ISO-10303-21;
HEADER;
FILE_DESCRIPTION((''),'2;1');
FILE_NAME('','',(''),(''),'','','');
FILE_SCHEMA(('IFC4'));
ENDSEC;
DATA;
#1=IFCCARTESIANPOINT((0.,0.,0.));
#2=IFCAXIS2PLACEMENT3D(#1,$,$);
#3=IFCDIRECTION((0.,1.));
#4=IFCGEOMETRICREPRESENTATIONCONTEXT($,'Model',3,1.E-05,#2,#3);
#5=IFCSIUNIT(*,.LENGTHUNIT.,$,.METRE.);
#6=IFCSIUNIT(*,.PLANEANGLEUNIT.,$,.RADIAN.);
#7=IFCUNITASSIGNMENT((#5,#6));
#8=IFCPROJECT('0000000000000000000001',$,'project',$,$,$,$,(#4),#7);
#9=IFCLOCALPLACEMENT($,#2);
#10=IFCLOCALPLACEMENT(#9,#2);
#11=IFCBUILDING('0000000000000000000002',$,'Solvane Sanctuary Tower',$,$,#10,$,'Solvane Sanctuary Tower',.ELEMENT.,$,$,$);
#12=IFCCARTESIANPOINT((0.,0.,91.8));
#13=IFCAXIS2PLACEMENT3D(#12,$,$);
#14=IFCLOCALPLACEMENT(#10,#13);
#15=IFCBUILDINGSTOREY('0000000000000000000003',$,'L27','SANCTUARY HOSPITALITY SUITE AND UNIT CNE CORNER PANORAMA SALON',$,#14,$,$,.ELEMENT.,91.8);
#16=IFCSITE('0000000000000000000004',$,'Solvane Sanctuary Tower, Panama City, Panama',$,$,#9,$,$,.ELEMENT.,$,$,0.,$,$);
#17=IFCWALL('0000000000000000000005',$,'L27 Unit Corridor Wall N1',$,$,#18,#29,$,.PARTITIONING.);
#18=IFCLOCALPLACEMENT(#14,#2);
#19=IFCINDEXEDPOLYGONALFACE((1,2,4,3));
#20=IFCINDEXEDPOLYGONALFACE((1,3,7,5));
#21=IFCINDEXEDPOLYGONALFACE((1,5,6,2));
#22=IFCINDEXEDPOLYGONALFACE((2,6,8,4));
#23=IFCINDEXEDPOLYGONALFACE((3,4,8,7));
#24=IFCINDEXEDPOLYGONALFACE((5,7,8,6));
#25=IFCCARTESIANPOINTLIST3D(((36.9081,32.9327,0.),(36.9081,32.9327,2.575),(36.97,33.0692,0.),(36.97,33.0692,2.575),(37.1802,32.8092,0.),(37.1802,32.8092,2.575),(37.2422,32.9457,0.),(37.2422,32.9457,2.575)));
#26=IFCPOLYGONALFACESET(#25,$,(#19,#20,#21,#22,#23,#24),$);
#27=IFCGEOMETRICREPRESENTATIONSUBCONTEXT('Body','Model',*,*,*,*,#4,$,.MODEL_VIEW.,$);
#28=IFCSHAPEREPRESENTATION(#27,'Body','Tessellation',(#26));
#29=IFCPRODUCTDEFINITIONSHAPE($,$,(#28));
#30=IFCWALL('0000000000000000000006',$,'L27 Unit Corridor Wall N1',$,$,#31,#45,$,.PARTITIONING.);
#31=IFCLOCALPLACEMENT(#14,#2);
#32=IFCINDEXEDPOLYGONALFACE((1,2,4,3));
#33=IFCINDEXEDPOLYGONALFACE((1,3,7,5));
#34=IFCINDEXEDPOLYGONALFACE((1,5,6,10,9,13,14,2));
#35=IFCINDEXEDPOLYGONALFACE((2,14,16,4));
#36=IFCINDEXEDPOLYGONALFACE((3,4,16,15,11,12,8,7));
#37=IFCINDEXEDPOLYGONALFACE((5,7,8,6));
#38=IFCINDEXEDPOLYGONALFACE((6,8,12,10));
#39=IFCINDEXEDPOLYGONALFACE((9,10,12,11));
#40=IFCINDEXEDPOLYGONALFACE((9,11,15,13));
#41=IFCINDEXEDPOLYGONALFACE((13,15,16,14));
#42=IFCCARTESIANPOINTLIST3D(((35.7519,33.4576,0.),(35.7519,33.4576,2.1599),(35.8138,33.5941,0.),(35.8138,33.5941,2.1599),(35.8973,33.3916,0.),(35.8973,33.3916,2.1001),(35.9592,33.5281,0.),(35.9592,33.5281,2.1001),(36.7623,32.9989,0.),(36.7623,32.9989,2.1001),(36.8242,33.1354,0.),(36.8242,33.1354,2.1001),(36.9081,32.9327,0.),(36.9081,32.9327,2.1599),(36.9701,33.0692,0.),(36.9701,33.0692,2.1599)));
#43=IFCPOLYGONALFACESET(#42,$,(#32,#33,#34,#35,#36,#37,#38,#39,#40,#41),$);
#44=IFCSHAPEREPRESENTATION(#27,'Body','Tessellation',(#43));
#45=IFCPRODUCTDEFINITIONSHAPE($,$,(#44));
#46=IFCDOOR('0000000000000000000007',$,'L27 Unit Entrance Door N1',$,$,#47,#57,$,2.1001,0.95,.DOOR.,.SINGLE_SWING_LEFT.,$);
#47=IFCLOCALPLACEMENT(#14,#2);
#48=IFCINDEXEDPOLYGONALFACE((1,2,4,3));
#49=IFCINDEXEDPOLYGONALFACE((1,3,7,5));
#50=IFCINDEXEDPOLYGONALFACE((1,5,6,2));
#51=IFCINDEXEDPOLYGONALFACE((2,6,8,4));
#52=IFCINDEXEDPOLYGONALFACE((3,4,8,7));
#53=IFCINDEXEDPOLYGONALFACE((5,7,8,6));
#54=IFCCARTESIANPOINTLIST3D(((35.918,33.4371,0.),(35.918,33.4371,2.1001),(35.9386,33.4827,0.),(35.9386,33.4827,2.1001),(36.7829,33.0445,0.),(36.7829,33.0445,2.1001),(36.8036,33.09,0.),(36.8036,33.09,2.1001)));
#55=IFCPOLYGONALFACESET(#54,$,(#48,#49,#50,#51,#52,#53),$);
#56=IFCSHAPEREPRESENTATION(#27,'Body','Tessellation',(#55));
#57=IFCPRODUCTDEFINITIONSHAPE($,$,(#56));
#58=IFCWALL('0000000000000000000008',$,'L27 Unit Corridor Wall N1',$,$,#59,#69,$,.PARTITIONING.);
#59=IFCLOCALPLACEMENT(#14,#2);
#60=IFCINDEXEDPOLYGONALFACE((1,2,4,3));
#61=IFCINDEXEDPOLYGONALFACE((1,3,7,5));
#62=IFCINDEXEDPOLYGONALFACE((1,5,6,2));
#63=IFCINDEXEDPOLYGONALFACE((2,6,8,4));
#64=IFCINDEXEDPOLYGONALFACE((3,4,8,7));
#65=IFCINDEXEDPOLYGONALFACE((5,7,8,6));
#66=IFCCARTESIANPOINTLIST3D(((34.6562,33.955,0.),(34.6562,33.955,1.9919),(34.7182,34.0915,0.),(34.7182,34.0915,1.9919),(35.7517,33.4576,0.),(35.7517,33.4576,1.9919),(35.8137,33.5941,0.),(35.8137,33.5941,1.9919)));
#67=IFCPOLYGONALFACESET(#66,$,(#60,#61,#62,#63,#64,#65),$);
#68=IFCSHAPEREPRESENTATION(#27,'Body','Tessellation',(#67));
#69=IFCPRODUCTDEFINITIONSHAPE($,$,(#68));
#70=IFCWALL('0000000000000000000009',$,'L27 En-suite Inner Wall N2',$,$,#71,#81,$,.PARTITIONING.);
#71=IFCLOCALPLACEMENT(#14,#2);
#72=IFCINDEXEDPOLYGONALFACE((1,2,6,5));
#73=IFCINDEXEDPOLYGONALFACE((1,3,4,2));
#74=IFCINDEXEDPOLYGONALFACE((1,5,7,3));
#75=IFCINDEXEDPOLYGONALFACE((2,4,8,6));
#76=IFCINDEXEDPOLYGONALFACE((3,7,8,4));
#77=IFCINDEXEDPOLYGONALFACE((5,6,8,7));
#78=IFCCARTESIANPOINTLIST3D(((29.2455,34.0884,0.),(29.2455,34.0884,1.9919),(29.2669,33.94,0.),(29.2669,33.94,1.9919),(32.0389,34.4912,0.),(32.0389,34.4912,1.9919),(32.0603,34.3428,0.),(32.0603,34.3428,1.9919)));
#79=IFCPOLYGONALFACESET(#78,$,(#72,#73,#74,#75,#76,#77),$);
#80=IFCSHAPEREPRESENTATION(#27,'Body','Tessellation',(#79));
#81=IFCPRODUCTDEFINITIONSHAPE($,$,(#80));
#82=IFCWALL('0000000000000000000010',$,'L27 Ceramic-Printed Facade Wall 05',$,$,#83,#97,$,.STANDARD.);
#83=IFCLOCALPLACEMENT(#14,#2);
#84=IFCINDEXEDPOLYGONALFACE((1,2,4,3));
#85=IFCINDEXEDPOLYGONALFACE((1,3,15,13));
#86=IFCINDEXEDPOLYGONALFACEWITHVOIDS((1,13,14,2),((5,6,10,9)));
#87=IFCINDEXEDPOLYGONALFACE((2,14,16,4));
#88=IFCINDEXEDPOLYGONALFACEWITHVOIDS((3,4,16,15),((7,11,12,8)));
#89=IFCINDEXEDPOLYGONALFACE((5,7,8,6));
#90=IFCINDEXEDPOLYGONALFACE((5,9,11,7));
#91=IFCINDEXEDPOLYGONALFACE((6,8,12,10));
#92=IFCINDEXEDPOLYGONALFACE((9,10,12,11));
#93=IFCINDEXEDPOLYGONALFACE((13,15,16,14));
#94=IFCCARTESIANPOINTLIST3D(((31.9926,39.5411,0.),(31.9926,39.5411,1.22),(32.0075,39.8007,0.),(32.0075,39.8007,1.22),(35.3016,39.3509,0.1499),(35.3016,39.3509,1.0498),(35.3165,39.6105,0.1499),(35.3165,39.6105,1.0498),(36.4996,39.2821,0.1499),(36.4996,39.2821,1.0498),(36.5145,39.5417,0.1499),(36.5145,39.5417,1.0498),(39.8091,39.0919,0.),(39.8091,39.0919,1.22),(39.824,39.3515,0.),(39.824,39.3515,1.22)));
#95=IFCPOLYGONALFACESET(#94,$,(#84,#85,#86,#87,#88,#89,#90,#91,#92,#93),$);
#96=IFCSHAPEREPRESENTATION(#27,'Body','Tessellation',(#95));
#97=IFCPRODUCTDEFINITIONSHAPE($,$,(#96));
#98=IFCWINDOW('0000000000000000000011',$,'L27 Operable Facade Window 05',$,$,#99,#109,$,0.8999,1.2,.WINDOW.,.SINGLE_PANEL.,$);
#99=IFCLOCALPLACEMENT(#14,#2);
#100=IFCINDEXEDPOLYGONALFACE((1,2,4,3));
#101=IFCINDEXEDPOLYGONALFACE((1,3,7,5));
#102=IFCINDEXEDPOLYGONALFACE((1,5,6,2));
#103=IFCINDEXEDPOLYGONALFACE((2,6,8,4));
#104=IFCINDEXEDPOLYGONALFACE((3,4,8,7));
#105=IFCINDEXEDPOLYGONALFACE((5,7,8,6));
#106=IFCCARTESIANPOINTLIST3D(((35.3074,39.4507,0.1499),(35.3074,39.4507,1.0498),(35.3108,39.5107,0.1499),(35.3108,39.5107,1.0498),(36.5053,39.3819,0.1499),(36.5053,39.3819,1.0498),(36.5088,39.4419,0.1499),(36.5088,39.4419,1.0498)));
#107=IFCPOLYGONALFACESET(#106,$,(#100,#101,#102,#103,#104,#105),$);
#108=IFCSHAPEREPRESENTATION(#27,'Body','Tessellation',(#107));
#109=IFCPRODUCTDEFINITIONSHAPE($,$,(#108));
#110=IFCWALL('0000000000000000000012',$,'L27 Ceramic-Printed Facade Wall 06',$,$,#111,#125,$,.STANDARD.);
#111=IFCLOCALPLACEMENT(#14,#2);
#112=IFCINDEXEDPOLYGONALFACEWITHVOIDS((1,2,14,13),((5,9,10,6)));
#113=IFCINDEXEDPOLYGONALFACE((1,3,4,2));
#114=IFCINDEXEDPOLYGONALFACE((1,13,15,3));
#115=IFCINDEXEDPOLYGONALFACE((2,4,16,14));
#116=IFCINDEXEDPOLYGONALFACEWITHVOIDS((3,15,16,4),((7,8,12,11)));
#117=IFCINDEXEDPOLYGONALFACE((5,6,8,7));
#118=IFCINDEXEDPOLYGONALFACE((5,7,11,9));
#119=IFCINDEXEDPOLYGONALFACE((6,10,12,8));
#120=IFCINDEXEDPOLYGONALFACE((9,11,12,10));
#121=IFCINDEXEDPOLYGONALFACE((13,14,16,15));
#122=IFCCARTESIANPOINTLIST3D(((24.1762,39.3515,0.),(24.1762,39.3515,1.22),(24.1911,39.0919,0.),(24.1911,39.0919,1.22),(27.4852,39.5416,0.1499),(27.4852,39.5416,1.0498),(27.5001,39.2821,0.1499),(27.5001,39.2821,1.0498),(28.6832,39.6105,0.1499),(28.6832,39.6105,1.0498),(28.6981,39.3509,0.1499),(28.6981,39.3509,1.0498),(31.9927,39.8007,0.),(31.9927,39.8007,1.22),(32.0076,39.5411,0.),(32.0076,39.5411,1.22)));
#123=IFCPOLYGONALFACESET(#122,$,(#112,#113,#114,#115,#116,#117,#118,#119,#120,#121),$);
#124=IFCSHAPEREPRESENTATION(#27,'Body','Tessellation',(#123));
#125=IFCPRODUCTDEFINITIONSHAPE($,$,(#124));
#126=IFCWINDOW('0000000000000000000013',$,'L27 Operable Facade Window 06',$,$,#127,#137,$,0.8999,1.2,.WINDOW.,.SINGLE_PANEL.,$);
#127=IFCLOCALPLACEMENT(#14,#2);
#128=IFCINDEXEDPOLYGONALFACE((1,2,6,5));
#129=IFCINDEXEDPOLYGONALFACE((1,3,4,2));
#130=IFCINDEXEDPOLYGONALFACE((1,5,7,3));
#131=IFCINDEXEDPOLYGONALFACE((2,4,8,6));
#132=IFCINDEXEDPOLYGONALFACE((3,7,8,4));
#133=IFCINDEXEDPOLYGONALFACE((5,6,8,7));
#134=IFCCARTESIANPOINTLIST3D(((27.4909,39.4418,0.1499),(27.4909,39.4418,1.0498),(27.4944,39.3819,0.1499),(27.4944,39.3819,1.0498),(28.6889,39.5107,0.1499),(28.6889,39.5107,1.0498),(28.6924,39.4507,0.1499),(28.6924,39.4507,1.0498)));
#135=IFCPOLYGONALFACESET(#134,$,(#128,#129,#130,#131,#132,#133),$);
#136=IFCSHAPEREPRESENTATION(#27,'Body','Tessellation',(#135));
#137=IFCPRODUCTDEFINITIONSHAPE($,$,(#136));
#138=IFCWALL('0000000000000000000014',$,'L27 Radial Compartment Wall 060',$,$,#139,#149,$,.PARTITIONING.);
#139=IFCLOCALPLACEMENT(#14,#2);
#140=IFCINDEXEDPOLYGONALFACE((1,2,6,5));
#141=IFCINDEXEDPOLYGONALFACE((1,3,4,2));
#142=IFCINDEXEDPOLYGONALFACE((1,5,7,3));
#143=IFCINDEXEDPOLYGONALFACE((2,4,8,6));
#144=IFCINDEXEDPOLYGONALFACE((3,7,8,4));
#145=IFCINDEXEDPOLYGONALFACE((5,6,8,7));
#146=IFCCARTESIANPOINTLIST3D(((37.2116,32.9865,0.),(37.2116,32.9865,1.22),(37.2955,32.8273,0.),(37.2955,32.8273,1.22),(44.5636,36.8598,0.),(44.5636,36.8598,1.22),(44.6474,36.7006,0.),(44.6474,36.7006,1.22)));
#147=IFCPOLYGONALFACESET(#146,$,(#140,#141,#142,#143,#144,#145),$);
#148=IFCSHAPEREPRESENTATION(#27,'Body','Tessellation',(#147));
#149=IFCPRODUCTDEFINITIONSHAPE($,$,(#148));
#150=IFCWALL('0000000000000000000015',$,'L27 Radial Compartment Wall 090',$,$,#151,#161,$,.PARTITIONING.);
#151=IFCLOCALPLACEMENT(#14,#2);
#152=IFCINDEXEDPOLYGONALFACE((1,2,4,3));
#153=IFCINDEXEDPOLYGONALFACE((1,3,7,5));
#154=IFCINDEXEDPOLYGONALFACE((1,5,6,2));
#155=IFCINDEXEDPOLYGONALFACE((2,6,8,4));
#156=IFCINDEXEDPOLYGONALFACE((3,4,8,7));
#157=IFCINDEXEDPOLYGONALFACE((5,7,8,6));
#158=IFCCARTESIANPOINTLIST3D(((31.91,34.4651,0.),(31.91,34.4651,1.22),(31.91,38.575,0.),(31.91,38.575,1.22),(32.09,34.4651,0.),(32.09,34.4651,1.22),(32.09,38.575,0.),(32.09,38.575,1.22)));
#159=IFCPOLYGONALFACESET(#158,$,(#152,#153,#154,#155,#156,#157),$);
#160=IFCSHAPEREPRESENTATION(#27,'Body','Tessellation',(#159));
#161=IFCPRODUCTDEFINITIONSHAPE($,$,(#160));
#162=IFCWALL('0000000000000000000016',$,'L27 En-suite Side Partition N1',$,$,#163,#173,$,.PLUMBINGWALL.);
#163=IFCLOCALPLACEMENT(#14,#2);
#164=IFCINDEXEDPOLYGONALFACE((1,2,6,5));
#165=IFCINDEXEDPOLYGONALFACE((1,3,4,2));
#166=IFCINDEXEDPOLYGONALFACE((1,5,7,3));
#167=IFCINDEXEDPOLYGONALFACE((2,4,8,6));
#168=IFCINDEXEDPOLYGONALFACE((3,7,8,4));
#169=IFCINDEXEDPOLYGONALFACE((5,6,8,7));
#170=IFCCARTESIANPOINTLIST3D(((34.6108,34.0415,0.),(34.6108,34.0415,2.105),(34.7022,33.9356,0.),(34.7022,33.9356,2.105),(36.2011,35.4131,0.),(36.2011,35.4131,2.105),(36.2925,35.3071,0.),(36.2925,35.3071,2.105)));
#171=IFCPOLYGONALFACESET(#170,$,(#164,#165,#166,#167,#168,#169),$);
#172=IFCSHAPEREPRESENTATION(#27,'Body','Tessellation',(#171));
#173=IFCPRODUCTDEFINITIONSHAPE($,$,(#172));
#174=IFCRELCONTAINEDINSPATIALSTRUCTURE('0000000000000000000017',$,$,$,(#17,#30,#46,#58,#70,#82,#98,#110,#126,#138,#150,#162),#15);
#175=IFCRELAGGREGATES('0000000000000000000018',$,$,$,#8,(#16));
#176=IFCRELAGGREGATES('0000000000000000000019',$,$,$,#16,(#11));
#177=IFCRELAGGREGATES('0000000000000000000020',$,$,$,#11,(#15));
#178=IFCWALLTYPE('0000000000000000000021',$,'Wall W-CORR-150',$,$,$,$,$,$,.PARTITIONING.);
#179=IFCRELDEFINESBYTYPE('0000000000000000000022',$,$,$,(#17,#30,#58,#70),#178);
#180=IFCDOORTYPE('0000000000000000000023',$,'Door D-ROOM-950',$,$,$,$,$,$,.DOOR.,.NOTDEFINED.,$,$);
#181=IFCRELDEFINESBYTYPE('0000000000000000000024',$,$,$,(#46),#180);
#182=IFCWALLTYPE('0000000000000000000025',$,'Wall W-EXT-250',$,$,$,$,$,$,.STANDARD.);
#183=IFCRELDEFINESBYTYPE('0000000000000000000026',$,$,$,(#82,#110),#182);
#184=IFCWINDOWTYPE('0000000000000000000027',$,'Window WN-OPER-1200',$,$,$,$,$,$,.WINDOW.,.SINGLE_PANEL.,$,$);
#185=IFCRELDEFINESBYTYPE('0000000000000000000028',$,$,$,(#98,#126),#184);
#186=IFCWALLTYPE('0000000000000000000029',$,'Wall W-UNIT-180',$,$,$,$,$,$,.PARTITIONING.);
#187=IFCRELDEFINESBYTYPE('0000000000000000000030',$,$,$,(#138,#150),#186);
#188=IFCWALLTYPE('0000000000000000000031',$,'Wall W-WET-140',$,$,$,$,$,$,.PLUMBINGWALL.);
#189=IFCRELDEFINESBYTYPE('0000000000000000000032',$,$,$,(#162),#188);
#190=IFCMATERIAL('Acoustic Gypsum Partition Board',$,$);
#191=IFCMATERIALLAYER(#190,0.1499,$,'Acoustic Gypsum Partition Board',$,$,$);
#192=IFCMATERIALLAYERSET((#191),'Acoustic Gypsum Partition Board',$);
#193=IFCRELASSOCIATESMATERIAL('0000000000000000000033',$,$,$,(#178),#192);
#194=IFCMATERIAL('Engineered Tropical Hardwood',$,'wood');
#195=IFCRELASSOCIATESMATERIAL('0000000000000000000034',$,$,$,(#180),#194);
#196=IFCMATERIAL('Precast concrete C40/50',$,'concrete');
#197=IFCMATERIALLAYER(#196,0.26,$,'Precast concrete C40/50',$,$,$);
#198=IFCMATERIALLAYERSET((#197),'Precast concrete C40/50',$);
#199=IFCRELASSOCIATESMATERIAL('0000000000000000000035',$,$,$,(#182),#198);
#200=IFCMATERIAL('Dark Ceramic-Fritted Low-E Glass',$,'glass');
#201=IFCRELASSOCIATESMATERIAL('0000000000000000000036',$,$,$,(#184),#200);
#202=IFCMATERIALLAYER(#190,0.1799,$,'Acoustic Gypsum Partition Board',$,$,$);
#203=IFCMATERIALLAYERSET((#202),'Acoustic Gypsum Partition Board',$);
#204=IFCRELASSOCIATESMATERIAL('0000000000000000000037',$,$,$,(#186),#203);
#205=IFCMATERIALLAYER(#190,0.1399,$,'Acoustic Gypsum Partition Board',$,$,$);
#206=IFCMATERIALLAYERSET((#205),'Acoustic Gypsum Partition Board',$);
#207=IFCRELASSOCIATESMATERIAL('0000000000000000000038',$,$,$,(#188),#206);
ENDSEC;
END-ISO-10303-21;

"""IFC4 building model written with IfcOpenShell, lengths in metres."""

from ifc_helpers import new_model, si_unit, direction, frame, frame_2d, origin, place, context, subcontext, project, spatial, rectangle, extrude, material, layer, layer_set, type_object, element, fill, save


model = new_model("IFC4")

# Units and contexts
model_context = context("Model", 3, precision=1e-05, world=origin(), true_north=direction((0.0, 1.0)))
body_context = subcontext(model_context, "Body", "Model", "MODEL_VIEW")
ifc_project = project(units=[si_unit("LENGTHUNIT", "METRE"), si_unit("PLANEANGLEUNIT", "RADIAN")], contexts=[model_context])

# Site, building, storey
site_placement = place(None, origin())
site = spatial("IfcSite", under=ifc_project, at=site_placement, Name="Solvane Sanctuary Tower, Panama City, Panama", CompositionType="ELEMENT", RefElevation=0.0)
building_placement = place(site_placement, origin())
building = spatial("IfcBuilding", under=site, at=building_placement, Name="Solvane Sanctuary Tower", LongName="Solvane Sanctuary Tower", CompositionType="ELEMENT")
storey_placement = place(building_placement, frame((0.0, 0.0, 91.8)))
storey = spatial("IfcBuildingStorey", under=building, at=storey_placement, Name="L27", Description="SANCTUARY HOSPITALITY SUITE AND UNIT CNE CORNER PANORAMA SALON", CompositionType="ELEMENT", Elevation=91.8)

# Wall
ifc_material_1 = material(Name="Acoustic Gypsum Partition Board")
ifc_layer_1 = layer(ifc_material_1, 0.1499, Name="Acoustic Gypsum Partition Board")
ifc_layer_set_1 = layer_set([ifc_layer_1], Name="Acoustic Gypsum Partition Board")
wall_type_1 = type_object("IfcWallType", Name="Wall W-CORR-150", PredefinedType="PARTITIONING", material=ifc_layer_set_1)
wall_1_placement = place(storey_placement, frame((37.2112, 32.8774, 0.0), z_axis=(0.0, 0.0, 1.0), x_axis=(-0.910618, 0.413249, 0.0)))
element("IfcWall", 1, at=wall_1_placement, inside=storey, type_object=wall_type_1, Name="L27 Unit Corridor Wall N1", PredefinedType="PARTITIONING", context=body_context, shape_type="SweptSolid", body=[
    extrude(rectangle(XDim=0.2988, YDim=0.1499, at=frame_2d((0.1494, 0.0))), origin(), (0.0, 0.0, 1.0), 2.575),
])

# Wall, opening, door
wall_2_placement = place(storey_placement, frame((36.939, 33.001, 0.0), z_axis=(0.0, 0.0, 1.0), x_axis=(-0.910564, 0.413368, 0.0)))
wall_2 = element("IfcWall", 2, at=wall_2_placement, inside=storey, type_object=wall_type_1, Name="L27 Unit Corridor Wall N1", PredefinedType="PARTITIONING", context=body_context, shape_type="SweptSolid", body=[
    extrude(rectangle(XDim=1.2698, YDim=0.1499, at=frame_2d((0.6348, 0.0))), origin(), (0.0, 0.0, 1.0), 2.1599),
])
opening_1_placement = place(wall_2_placement, frame((0.1599, 0.0, 0.0)))
opening_1 = element("IfcOpeningElement", 3, at=opening_1_placement, cuts=wall_2, PredefinedType="OPENING", context=body_context, shape_type="SweptSolid", body=[
    extrude(rectangle(XDim=0.95, YDim=2.1001, at=frame_2d((0.4751, 1.05))), frame((0.0, 0.085, 0.0), z_axis=(0.0, -1.0, 0.0), x_axis=(1.0, 0.0, 0.0)), (0.0, 0.0, 1.0), 0.1699),
])
ifc_material_2 = material(Name="Engineered Tropical Hardwood", Category="wood")
door_type_1 = type_object("IfcDoorType", Name="Door D-ROOM-950", OperationType="NOTDEFINED", PredefinedType="DOOR", material=ifc_material_2)
door_1_placement = place(opening_1_placement, origin())
door_1 = element("IfcDoor", 4, at=door_1_placement, inside=storey, type_object=door_type_1, Name="L27 Unit Entrance Door N1", OperationType="SINGLE_SWING_LEFT", OverallHeight=2.1001, OverallWidth=0.95, PredefinedType="DOOR", context=body_context, shape_type="SweptSolid", body=[
    extrude(rectangle(XDim=0.95, YDim=2.1001, at=frame_2d((0.4751, 1.05))), frame((0.0, 0.0249, 0.0), z_axis=(0.0, -1.0, 0.0), x_axis=(1.0, 0.0, 0.0)), (0.0, 0.0, 1.0), 0.05),
])
fill(opening_1, door_1)

# Walls
wall_3_placement = place(storey_placement, frame((35.7827, 33.5259, 0.0), z_axis=(0.0, 0.0, 1.0), x_axis=(-0.910561, 0.413375, 0.0)))
element("IfcWall", 5, at=wall_3_placement, inside=storey, type_object=wall_type_1, Name="L27 Unit Corridor Wall N1", PredefinedType="PARTITIONING", context=body_context, shape_type="SweptSolid", body=[
    extrude(rectangle(XDim=1.2031, YDim=0.1499, at=frame_2d((0.6016, 0.0))), origin(), (0.0, 0.0, 1.0), 1.9919),
])
wall_4_placement = place(storey_placement, frame((32.0496, 34.417, 0.0), z_axis=(0.0, 0.0, 1.0), x_axis=(-0.989762, -0.142729, 0.0)))
element("IfcWall", 6, at=wall_4_placement, inside=storey, type_object=wall_type_1, Name="L27 En-suite Inner Wall N2", PredefinedType="PARTITIONING", context=body_context, shape_type="SweptSolid", body=[
    extrude(rectangle(XDim=2.8223, YDim=0.1499, at=frame_2d((1.4111, 0.0))), origin(), (0.0, 0.0, 1.0), 1.9919),
])

# Walls, openings, windows
ifc_material_3 = material(Name="Precast concrete C40/50", Category="concrete")
ifc_layer_2 = layer(ifc_material_3, 0.26, Name="Precast concrete C40/50")
ifc_layer_set_2 = layer_set([ifc_layer_2], Name="Precast concrete C40/50")
wall_type_2 = type_object("IfcWallType", Name="Wall W-EXT-250", PredefinedType="STANDARD", material=ifc_layer_set_2)
wall_5_placement = place(storey_placement, frame((39.8164, 39.2217, 0.0), z_axis=(0.0, 0.0, 1.0), x_axis=(-0.998353, 0.057377, 0.0)))
wall_5 = element("IfcWall", 7, at=wall_5_placement, inside=storey, type_object=wall_type_2, Name="L27 Ceramic-Printed Facade Wall 05", PredefinedType="STANDARD", context=body_context, shape_type="SweptSolid", body=[
    extrude(rectangle(XDim=7.8293, YDim=0.26, at=frame_2d((3.9146, 0.0))), origin(), (0.0, 0.0, 1.0), 1.22),
])
opening_2_placement = place(wall_5_placement, frame((3.3147, 0.0, 0.1499)))
opening_2 = element("IfcOpeningElement", 8, at=opening_2_placement, cuts=wall_5, PredefinedType="OPENING", context=body_context, shape_type="SweptSolid", body=[
    extrude(rectangle(XDim=1.2, YDim=0.8999, at=frame_2d((0.6001, 0.45))), frame((0.0, 0.1399, 0.0), z_axis=(0.0, -1.0, 0.0), x_axis=(1.0, 0.0, 0.0)), (0.0, 0.0, 1.0), 0.28),
])
ifc_material_4 = material(Name="Dark Ceramic-Fritted Low-E Glass", Category="glass")
window_type = type_object("IfcWindowType", Name="Window WN-OPER-1200", PartitioningType="SINGLE_PANEL", PredefinedType="WINDOW", material=ifc_material_4)
window_1_placement = place(opening_2_placement, origin())
window_1 = element("IfcWindow", 9, at=window_1_placement, inside=storey, type_object=window_type, Name="L27 Operable Facade Window 05", OverallHeight=0.8999, OverallWidth=1.2, PartitioningType="SINGLE_PANEL", PredefinedType="WINDOW", context=body_context, shape_type="SweptSolid", body=[
    extrude(rectangle(XDim=1.2, YDim=0.8999, at=frame_2d((0.6001, 0.45))), frame((0.0, 0.03, 0.0), z_axis=(0.0, -1.0, 0.0), x_axis=(1.0, 0.0, 0.0)), (0.0, 0.0, 1.0), 0.0601),
])
fill(opening_2, window_1)
wall_6_placement = place(storey_placement, frame((32.0, 39.6709, 0.0), z_axis=(0.0, 0.0, 1.0), x_axis=(-0.998353, -0.057377, 0.0)))
wall_6 = element("IfcWall", 10, at=wall_6_placement, inside=storey, type_object=wall_type_2, Name="L27 Ceramic-Printed Facade Wall 06", PredefinedType="STANDARD", context=body_context, shape_type="SweptSolid", body=[
    extrude(rectangle(XDim=7.8293, YDim=0.26, at=frame_2d((3.9146, 0.0))), origin(), (0.0, 0.0, 1.0), 1.22),
])
opening_3_placement = place(wall_6_placement, frame((3.3147, 0.0, 0.1499)))
opening_3 = element("IfcOpeningElement", 11, at=opening_3_placement, cuts=wall_6, PredefinedType="OPENING", context=body_context, shape_type="SweptSolid", body=[
    extrude(rectangle(XDim=1.2, YDim=0.8999, at=frame_2d((0.6001, 0.45))), frame((0.0, 0.1399, 0.0), z_axis=(0.0, -1.0, 0.0), x_axis=(1.0, 0.0, 0.0)), (0.0, 0.0, 1.0), 0.28),
])
window_2_placement = place(opening_3_placement, origin())
window_2 = element("IfcWindow", 12, at=window_2_placement, inside=storey, type_object=window_type, Name="L27 Operable Facade Window 06", OverallHeight=0.8999, OverallWidth=1.2, PartitioningType="SINGLE_PANEL", PredefinedType="WINDOW", context=body_context, shape_type="SweptSolid", body=[
    extrude(rectangle(XDim=1.2, YDim=0.8999, at=frame_2d((0.6001, 0.45))), frame((0.0, 0.03, 0.0), z_axis=(0.0, -1.0, 0.0), x_axis=(1.0, 0.0, 0.0)), (0.0, 0.0, 1.0), 0.0601),
])
fill(opening_3, window_2)

# Walls
ifc_layer_3 = layer(ifc_material_1, 0.1799, Name="Acoustic Gypsum Partition Board")
ifc_layer_set_3 = layer_set([ifc_layer_3], Name="Acoustic Gypsum Partition Board")
wall_type_3 = type_object("IfcWallType", Name="Wall W-UNIT-180", PredefinedType="PARTITIONING", material=ifc_layer_set_3)
wall_7_placement = place(storey_placement, frame((37.2537, 32.907, 0.0), z_axis=(0.0, 0.0, 1.0), x_axis=(0.88473, 0.466104, 0.0)))
element("IfcWall", 13, at=wall_7_placement, inside=storey, type_object=wall_type_3, Name="L27 Radial Compartment Wall 060", PredefinedType="PARTITIONING", context=body_context, shape_type="SweptSolid", body=[
    extrude(rectangle(XDim=8.3098, YDim=0.1799, at=frame_2d((4.1548, 0.0))), origin(), (0.0, 0.0, 1.0), 1.22),
])
wall_8_placement = place(storey_placement, frame((32.0, 34.4651, 0.0), z_axis=(0.0, 0.0, 1.0), x_axis=(0.0, 1.0, 0.0)))
element("IfcWall", 14, at=wall_8_placement, inside=storey, type_object=wall_type_3, Name="L27 Radial Compartment Wall 090", PredefinedType="PARTITIONING", context=body_context, shape_type="SweptSolid", body=[
    extrude(rectangle(XDim=4.1099, YDim=0.1799, at=frame_2d((2.0549, 0.0))), origin(), (0.0, 0.0, 1.0), 1.22),
])
ifc_layer_4 = layer(ifc_material_1, 0.1399, Name="Acoustic Gypsum Partition Board")
ifc_layer_set_4 = layer_set([ifc_layer_4], Name="Acoustic Gypsum Partition Board")
wall_type_4 = type_object("IfcWallType", Name="Wall W-WET-140", PredefinedType="PLUMBINGWALL", material=ifc_layer_set_4)
wall_9_placement = place(storey_placement, frame((34.6565, 33.9885, 0.0), z_axis=(0.0, 0.0, 1.0), x_axis=(0.757267, 0.653105, 0.0)))
element("IfcWall", 15, at=wall_9_placement, inside=storey, type_object=wall_type_4, Name="L27 En-suite Side Partition N1", PredefinedType="PLUMBINGWALL", context=body_context, shape_type="SweptSolid", body=[
    extrude(rectangle(XDim=2.1001, YDim=0.1399, at=frame_2d((1.05, 0.0))), origin(), (0.0, 0.0, 1.0), 2.105),
])

save(model, "model.ifc")
